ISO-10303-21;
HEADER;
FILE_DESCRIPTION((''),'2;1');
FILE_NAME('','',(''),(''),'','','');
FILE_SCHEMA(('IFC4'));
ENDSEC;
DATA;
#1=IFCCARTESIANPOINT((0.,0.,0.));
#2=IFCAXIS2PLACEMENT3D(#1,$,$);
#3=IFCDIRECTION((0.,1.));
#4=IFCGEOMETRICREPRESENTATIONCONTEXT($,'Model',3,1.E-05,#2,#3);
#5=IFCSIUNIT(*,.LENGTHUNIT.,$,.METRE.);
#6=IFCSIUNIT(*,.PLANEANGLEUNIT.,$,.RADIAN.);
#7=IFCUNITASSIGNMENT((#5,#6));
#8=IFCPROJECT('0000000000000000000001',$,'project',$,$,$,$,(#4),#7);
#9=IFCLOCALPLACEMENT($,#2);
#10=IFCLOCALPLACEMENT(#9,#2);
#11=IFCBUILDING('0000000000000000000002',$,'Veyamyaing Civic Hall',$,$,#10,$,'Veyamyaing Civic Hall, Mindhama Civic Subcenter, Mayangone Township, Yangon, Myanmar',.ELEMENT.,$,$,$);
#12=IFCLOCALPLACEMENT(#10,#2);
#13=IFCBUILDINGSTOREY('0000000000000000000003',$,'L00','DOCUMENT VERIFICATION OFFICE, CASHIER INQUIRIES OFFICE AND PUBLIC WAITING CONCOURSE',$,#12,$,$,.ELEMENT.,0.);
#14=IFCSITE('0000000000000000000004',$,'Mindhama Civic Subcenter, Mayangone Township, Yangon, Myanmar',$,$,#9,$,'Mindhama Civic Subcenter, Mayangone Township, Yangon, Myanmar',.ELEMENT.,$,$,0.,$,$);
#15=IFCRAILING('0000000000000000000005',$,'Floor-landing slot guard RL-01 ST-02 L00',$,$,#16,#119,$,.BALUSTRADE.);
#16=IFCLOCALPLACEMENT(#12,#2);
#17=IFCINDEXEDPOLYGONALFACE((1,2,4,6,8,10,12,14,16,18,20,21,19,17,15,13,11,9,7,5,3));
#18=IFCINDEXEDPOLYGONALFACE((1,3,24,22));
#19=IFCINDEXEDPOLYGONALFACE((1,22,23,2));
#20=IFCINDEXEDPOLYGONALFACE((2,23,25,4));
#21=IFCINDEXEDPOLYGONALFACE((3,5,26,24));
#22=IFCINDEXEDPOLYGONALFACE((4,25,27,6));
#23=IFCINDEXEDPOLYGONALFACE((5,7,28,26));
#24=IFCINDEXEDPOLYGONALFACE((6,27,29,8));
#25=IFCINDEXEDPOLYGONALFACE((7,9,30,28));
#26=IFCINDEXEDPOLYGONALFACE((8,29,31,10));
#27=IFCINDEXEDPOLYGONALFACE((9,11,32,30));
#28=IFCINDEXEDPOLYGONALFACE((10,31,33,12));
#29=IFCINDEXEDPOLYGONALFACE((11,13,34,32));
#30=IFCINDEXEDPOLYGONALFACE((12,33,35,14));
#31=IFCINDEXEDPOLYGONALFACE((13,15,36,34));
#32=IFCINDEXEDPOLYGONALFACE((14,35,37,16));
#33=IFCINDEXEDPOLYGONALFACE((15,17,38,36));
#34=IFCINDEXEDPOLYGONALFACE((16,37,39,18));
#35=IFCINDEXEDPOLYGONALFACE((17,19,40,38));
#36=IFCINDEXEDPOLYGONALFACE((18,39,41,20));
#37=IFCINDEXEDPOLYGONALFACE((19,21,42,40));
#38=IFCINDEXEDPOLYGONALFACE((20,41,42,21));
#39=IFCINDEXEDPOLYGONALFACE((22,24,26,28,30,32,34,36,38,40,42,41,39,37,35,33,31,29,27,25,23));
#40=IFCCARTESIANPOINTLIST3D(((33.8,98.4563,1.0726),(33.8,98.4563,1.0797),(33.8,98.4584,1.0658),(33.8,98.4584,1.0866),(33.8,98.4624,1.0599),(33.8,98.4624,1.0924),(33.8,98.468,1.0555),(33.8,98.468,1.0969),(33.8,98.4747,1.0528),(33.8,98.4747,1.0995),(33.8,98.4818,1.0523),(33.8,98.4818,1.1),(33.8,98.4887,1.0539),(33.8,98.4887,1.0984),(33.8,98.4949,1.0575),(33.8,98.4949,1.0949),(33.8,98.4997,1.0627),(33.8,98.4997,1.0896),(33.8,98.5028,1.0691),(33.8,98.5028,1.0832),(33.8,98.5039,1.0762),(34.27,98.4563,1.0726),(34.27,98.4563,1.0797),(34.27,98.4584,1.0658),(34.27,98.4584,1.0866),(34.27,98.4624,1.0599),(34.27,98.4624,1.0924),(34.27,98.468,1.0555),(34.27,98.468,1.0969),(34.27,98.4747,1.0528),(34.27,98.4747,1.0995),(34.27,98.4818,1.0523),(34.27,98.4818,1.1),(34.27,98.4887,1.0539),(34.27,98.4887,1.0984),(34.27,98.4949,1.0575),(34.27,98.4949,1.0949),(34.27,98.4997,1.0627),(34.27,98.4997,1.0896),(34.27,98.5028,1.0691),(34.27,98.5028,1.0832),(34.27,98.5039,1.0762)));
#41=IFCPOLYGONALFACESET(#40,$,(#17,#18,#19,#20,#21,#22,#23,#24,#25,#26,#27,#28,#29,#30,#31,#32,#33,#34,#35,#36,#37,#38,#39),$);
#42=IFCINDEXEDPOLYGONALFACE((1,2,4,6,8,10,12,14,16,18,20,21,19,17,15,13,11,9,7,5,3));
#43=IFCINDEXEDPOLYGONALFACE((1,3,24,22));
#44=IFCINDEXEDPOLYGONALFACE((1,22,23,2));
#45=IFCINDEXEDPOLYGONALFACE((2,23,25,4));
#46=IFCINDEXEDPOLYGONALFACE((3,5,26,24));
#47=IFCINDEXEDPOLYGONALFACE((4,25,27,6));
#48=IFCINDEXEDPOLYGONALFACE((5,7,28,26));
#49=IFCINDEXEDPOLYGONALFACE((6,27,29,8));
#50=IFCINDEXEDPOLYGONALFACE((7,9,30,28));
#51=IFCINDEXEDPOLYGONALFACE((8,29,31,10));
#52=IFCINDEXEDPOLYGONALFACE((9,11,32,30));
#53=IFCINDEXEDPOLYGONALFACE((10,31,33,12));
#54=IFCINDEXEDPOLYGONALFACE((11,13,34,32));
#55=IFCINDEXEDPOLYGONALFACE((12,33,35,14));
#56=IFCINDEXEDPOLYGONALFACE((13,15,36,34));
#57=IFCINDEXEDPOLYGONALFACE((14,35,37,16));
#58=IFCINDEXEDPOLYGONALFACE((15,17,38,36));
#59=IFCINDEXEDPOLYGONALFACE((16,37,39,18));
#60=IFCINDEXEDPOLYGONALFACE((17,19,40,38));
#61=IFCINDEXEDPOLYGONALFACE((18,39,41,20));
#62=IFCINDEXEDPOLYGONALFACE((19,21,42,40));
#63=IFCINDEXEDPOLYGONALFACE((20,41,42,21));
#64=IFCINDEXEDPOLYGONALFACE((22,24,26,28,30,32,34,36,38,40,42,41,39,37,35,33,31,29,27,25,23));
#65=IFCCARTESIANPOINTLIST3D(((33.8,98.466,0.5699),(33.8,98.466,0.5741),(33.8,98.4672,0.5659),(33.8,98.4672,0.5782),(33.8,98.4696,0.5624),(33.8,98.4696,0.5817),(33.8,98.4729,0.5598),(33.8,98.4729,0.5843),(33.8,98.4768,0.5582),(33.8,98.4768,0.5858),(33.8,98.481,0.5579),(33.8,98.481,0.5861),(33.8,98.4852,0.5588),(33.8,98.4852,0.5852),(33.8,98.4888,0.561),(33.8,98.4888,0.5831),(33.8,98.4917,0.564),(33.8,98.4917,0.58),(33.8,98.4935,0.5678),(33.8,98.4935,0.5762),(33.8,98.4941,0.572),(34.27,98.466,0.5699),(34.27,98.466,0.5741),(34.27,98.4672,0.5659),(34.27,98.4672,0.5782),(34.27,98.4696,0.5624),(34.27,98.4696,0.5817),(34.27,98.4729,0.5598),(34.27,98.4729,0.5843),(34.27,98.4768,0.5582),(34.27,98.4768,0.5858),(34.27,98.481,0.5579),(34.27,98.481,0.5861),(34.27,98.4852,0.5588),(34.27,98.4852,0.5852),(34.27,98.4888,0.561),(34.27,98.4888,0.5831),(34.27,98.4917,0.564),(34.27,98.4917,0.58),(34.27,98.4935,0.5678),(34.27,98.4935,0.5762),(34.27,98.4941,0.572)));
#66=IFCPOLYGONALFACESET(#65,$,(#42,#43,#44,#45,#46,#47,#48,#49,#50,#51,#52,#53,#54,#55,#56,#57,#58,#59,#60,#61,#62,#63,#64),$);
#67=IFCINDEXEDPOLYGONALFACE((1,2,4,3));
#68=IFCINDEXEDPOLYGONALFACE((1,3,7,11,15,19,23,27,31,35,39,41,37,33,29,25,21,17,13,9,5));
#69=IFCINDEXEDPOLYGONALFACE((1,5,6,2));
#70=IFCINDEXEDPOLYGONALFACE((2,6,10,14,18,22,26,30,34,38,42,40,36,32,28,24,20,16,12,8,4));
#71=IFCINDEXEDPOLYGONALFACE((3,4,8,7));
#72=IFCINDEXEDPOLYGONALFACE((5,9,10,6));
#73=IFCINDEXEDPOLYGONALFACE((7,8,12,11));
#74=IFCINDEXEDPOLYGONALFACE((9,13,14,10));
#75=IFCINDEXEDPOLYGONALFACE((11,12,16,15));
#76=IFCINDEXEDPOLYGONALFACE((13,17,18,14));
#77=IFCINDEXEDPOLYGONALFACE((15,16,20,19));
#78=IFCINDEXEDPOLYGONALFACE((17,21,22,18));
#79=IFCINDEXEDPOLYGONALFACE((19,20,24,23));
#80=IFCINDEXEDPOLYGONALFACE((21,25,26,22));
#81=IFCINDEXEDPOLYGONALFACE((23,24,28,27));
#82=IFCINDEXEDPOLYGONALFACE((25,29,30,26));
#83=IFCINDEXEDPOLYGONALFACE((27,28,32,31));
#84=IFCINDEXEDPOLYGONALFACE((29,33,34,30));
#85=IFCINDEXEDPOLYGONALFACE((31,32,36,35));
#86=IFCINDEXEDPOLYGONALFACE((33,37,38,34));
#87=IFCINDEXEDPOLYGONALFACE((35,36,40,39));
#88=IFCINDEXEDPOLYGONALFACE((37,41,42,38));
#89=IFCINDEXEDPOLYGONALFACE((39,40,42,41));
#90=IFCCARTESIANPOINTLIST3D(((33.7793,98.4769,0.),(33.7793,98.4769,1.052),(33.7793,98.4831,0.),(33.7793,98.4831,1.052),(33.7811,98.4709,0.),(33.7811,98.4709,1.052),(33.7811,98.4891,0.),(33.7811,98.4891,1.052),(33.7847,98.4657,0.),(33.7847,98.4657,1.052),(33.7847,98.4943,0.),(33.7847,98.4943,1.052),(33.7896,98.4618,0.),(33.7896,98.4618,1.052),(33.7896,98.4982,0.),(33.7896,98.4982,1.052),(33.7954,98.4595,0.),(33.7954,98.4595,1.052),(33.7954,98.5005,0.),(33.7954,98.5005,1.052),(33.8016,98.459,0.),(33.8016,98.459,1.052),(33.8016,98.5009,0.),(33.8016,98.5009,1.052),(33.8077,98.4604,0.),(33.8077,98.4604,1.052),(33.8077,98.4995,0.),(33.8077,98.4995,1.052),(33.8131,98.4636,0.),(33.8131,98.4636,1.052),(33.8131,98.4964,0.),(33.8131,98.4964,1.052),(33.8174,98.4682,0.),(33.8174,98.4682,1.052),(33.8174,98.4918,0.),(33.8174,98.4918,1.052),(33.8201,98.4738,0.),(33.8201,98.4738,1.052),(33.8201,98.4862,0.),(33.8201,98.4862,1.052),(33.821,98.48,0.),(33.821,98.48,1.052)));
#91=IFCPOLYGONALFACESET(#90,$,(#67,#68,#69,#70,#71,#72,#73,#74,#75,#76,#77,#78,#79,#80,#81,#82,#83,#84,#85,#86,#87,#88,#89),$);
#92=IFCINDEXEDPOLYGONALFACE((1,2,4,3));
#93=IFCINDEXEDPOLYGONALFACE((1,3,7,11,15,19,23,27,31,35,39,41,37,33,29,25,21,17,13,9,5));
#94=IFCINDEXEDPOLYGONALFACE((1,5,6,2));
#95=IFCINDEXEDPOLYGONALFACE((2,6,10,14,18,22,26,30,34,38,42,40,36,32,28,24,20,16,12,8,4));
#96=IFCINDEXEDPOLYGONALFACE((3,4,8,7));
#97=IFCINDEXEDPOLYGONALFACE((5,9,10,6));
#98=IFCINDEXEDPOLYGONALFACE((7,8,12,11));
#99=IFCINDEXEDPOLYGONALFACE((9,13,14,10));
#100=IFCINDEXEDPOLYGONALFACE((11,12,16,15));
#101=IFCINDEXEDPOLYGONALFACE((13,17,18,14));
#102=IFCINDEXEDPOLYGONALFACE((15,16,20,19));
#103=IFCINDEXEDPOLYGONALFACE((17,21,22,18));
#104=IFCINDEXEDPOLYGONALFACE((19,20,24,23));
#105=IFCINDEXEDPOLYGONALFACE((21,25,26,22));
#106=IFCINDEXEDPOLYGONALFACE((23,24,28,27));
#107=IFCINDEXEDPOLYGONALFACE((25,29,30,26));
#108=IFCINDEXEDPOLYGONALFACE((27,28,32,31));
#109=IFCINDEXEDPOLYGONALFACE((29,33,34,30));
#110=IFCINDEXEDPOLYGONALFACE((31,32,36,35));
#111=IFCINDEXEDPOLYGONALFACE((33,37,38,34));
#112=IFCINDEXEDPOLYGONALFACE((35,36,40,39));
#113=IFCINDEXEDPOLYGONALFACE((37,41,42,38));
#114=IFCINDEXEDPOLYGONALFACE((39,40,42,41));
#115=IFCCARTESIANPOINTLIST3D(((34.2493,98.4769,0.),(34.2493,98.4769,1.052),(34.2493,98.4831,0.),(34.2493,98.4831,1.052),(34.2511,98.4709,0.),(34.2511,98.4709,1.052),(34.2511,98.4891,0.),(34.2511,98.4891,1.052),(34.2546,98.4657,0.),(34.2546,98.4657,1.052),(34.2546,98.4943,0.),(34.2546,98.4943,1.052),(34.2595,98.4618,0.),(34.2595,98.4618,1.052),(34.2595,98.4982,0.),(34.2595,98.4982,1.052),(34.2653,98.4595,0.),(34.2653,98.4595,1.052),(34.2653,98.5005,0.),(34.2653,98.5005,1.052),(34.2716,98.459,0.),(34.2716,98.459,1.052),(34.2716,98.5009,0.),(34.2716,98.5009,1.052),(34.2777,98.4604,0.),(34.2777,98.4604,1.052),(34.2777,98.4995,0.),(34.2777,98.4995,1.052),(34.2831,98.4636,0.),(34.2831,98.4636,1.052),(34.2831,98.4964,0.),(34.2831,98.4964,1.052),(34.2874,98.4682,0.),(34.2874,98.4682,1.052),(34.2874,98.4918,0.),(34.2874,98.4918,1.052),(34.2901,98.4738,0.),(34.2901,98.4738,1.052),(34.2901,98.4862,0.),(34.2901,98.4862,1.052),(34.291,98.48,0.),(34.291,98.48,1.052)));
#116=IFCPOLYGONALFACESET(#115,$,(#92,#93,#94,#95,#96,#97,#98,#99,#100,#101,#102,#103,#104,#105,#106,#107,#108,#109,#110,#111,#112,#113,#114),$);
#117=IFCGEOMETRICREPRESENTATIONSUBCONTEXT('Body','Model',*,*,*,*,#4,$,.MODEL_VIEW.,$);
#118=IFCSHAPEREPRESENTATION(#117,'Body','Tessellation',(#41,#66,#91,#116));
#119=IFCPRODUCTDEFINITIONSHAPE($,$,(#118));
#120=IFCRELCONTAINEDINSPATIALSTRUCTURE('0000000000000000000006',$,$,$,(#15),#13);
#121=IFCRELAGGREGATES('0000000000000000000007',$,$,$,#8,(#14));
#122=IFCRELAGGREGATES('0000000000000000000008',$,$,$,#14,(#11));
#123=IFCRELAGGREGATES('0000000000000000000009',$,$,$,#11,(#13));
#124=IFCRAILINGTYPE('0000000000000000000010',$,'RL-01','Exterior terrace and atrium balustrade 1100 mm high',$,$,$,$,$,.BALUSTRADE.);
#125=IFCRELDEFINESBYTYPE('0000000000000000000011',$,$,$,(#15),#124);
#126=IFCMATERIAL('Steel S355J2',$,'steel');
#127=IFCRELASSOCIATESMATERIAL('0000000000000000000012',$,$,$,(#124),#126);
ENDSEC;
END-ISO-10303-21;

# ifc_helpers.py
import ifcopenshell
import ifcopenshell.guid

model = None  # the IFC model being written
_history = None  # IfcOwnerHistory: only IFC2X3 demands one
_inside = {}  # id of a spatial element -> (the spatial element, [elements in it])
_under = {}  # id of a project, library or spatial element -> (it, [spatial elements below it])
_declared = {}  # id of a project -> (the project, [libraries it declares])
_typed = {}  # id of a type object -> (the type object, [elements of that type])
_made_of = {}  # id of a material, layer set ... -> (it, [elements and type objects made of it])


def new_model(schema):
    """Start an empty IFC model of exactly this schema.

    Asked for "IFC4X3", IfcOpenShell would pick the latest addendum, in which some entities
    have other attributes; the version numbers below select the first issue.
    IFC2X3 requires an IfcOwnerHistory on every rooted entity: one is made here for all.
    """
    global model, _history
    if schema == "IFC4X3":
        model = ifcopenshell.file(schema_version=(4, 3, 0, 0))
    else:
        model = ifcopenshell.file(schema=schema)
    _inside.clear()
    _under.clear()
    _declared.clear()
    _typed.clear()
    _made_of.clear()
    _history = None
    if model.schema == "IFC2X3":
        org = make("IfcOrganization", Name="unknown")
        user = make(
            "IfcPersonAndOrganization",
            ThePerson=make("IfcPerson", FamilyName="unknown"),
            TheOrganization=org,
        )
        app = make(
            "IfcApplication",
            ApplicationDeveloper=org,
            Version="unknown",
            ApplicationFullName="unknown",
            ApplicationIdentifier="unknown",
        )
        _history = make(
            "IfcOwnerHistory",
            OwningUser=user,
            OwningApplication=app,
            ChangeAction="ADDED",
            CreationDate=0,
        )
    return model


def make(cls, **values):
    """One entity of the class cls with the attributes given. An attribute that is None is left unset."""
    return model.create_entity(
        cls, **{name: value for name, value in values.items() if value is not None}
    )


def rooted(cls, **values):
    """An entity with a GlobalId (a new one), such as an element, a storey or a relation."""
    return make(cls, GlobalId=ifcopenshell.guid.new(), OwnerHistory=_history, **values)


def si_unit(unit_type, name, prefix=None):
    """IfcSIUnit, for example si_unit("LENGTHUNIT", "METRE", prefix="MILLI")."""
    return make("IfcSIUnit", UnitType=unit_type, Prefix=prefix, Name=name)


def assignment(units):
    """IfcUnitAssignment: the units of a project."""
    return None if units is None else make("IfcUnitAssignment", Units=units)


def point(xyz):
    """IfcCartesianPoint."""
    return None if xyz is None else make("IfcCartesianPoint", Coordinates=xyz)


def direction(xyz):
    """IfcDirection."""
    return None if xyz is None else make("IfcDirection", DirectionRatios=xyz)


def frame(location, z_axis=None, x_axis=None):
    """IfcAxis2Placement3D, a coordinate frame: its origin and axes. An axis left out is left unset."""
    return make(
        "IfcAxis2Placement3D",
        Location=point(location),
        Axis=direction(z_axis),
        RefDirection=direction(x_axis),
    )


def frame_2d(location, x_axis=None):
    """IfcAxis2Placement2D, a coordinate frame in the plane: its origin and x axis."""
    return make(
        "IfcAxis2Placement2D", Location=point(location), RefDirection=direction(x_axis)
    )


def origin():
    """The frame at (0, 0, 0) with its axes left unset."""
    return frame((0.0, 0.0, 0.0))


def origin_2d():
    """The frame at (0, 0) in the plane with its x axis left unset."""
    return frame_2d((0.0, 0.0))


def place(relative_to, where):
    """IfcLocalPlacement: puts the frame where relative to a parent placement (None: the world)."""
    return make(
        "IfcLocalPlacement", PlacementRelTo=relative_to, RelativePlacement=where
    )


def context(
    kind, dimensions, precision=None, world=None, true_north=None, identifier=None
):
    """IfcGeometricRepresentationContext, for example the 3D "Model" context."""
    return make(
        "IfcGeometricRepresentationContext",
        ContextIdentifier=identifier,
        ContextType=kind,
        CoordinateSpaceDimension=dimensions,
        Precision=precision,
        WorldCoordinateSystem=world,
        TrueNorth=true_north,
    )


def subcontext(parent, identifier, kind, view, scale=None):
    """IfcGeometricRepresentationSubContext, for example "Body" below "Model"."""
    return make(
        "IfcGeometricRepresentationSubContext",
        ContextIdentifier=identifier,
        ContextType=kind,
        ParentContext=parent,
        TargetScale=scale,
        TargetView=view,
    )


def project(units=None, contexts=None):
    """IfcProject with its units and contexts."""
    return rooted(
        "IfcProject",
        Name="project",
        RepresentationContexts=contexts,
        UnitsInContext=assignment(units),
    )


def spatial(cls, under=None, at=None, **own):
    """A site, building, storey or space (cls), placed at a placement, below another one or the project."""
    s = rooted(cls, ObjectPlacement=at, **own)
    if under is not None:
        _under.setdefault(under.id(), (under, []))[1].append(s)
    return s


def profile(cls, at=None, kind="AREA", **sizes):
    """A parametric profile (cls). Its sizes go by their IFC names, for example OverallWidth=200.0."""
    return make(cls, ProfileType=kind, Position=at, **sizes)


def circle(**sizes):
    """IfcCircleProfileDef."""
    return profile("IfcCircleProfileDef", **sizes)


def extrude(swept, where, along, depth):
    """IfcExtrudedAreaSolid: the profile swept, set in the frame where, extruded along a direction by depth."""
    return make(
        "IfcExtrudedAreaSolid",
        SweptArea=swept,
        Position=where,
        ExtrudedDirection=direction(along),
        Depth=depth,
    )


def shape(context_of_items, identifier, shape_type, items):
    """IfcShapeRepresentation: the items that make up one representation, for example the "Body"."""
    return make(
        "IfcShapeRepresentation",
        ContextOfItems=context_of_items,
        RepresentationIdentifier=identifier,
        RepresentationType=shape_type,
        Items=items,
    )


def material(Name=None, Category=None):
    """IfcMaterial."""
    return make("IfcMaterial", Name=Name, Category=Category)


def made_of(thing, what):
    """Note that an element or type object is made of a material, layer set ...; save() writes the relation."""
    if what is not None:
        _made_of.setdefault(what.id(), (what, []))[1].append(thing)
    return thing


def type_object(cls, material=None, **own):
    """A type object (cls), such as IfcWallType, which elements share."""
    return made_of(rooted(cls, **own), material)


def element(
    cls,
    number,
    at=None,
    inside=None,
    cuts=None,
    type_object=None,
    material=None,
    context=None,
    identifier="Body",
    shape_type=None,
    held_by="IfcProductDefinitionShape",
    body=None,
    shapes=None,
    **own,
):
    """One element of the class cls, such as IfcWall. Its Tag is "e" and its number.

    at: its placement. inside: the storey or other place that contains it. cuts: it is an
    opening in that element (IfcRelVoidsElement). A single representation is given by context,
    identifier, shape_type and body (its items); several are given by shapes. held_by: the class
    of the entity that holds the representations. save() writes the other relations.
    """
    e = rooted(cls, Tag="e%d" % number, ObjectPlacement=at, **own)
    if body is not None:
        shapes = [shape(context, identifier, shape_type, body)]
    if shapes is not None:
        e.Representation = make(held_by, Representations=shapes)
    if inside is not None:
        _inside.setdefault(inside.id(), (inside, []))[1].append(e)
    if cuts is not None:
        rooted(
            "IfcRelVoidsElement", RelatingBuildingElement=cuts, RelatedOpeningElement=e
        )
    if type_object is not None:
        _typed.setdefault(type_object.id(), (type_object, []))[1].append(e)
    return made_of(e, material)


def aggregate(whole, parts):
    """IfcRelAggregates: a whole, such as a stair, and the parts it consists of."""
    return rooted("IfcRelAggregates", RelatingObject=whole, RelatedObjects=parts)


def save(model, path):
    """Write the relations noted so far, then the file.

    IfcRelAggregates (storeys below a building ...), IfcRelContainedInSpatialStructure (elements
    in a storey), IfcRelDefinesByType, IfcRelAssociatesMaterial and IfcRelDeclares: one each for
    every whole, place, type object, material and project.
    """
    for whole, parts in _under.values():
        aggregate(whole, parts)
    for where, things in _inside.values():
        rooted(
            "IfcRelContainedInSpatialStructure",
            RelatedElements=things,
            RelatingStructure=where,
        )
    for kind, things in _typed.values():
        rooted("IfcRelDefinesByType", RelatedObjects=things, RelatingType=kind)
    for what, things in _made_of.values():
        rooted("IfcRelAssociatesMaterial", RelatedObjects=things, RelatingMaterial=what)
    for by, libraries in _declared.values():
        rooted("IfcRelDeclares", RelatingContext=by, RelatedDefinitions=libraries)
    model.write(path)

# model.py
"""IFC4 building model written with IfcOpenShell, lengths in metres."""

from ifc_helpers import new_model, si_unit, direction, frame, origin, origin_2d, place, context, subcontext, project, spatial, circle, extrude, material, type_object, element, save


model = new_model("IFC4")

# Units and contexts
model_context = context("Model", 3, precision=1e-05, world=origin(), true_north=direction((0.0, 1.0)))
body_context = subcontext(model_context, "Body", "Model", "MODEL_VIEW")
ifc_project = project(units=[si_unit("LENGTHUNIT", "METRE"), si_unit("PLANEANGLEUNIT", "RADIAN")], contexts=[model_context])

# Site, building, storey
site_placement = place(None, origin())
site = spatial("IfcSite", under=ifc_project, at=site_placement, Name="Mindhama Civic Subcenter, Mayangone Township, Yangon, Myanmar", LongName="Mindhama Civic Subcenter, Mayangone Township, Yangon, Myanmar", CompositionType="ELEMENT", RefElevation=0.0)
building_placement = place(site_placement, origin())
building = spatial("IfcBuilding", under=site, at=building_placement, Name="Veyamyaing Civic Hall", LongName="Veyamyaing Civic Hall, Mindhama Civic Subcenter, Mayangone Township, Yangon, Myanmar", CompositionType="ELEMENT")
storey_placement = place(building_placement, origin())
storey = spatial("IfcBuildingStorey", under=building, at=storey_placement, Name="L00", Description="DOCUMENT VERIFICATION OFFICE, CASHIER INQUIRIES OFFICE AND PUBLIC WAITING CONCOURSE", CompositionType="ELEMENT", Elevation=0.0)

# Railing
ifc_material_1 = material(Name="Steel S355J2", Category="steel")
railing_type_1 = type_object("IfcRailingType", Name="RL-01", Description="Exterior terrace and atrium balustrade 1100 mm high", PredefinedType="BALUSTRADE", material=ifc_material_1)
railing_1_placement = place(storey_placement, frame((33.8, 98.48, 0.0)))
element("IfcRailing", 1, at=railing_1_placement, inside=storey, type_object=railing_type_1, Name="Floor-landing slot guard RL-01 ST-02 L00", PredefinedType="BALUSTRADE", context=body_context, shape_type="SweptSolid", body=[
    extrude(circle(Radius=0.0239, at=origin_2d()), frame((0.0, 0.0, 1.0762), z_axis=(1.0, 0.0, 0.0), x_axis=(0.0, 1.0, 0.0)), (0.0, 0.0, 1.0), 0.47),
    extrude(circle(Radius=0.0142, at=origin_2d()), frame((0.0, 0.0, 0.572), z_axis=(1.0, 0.0, 0.0), x_axis=(0.0, 1.0, 0.0)), (0.0, 0.0, 1.0), 0.47),
    extrude(circle(Radius=0.021, at=origin_2d()), origin(), (0.0, 0.0, 1.0), 1.052),
    extrude(circle(Radius=0.021, at=origin_2d()), frame((0.47, 0.0, 0.0)), (0.0, 0.0, 1.0), 1.052),
])

save(model, "model.ifc")
